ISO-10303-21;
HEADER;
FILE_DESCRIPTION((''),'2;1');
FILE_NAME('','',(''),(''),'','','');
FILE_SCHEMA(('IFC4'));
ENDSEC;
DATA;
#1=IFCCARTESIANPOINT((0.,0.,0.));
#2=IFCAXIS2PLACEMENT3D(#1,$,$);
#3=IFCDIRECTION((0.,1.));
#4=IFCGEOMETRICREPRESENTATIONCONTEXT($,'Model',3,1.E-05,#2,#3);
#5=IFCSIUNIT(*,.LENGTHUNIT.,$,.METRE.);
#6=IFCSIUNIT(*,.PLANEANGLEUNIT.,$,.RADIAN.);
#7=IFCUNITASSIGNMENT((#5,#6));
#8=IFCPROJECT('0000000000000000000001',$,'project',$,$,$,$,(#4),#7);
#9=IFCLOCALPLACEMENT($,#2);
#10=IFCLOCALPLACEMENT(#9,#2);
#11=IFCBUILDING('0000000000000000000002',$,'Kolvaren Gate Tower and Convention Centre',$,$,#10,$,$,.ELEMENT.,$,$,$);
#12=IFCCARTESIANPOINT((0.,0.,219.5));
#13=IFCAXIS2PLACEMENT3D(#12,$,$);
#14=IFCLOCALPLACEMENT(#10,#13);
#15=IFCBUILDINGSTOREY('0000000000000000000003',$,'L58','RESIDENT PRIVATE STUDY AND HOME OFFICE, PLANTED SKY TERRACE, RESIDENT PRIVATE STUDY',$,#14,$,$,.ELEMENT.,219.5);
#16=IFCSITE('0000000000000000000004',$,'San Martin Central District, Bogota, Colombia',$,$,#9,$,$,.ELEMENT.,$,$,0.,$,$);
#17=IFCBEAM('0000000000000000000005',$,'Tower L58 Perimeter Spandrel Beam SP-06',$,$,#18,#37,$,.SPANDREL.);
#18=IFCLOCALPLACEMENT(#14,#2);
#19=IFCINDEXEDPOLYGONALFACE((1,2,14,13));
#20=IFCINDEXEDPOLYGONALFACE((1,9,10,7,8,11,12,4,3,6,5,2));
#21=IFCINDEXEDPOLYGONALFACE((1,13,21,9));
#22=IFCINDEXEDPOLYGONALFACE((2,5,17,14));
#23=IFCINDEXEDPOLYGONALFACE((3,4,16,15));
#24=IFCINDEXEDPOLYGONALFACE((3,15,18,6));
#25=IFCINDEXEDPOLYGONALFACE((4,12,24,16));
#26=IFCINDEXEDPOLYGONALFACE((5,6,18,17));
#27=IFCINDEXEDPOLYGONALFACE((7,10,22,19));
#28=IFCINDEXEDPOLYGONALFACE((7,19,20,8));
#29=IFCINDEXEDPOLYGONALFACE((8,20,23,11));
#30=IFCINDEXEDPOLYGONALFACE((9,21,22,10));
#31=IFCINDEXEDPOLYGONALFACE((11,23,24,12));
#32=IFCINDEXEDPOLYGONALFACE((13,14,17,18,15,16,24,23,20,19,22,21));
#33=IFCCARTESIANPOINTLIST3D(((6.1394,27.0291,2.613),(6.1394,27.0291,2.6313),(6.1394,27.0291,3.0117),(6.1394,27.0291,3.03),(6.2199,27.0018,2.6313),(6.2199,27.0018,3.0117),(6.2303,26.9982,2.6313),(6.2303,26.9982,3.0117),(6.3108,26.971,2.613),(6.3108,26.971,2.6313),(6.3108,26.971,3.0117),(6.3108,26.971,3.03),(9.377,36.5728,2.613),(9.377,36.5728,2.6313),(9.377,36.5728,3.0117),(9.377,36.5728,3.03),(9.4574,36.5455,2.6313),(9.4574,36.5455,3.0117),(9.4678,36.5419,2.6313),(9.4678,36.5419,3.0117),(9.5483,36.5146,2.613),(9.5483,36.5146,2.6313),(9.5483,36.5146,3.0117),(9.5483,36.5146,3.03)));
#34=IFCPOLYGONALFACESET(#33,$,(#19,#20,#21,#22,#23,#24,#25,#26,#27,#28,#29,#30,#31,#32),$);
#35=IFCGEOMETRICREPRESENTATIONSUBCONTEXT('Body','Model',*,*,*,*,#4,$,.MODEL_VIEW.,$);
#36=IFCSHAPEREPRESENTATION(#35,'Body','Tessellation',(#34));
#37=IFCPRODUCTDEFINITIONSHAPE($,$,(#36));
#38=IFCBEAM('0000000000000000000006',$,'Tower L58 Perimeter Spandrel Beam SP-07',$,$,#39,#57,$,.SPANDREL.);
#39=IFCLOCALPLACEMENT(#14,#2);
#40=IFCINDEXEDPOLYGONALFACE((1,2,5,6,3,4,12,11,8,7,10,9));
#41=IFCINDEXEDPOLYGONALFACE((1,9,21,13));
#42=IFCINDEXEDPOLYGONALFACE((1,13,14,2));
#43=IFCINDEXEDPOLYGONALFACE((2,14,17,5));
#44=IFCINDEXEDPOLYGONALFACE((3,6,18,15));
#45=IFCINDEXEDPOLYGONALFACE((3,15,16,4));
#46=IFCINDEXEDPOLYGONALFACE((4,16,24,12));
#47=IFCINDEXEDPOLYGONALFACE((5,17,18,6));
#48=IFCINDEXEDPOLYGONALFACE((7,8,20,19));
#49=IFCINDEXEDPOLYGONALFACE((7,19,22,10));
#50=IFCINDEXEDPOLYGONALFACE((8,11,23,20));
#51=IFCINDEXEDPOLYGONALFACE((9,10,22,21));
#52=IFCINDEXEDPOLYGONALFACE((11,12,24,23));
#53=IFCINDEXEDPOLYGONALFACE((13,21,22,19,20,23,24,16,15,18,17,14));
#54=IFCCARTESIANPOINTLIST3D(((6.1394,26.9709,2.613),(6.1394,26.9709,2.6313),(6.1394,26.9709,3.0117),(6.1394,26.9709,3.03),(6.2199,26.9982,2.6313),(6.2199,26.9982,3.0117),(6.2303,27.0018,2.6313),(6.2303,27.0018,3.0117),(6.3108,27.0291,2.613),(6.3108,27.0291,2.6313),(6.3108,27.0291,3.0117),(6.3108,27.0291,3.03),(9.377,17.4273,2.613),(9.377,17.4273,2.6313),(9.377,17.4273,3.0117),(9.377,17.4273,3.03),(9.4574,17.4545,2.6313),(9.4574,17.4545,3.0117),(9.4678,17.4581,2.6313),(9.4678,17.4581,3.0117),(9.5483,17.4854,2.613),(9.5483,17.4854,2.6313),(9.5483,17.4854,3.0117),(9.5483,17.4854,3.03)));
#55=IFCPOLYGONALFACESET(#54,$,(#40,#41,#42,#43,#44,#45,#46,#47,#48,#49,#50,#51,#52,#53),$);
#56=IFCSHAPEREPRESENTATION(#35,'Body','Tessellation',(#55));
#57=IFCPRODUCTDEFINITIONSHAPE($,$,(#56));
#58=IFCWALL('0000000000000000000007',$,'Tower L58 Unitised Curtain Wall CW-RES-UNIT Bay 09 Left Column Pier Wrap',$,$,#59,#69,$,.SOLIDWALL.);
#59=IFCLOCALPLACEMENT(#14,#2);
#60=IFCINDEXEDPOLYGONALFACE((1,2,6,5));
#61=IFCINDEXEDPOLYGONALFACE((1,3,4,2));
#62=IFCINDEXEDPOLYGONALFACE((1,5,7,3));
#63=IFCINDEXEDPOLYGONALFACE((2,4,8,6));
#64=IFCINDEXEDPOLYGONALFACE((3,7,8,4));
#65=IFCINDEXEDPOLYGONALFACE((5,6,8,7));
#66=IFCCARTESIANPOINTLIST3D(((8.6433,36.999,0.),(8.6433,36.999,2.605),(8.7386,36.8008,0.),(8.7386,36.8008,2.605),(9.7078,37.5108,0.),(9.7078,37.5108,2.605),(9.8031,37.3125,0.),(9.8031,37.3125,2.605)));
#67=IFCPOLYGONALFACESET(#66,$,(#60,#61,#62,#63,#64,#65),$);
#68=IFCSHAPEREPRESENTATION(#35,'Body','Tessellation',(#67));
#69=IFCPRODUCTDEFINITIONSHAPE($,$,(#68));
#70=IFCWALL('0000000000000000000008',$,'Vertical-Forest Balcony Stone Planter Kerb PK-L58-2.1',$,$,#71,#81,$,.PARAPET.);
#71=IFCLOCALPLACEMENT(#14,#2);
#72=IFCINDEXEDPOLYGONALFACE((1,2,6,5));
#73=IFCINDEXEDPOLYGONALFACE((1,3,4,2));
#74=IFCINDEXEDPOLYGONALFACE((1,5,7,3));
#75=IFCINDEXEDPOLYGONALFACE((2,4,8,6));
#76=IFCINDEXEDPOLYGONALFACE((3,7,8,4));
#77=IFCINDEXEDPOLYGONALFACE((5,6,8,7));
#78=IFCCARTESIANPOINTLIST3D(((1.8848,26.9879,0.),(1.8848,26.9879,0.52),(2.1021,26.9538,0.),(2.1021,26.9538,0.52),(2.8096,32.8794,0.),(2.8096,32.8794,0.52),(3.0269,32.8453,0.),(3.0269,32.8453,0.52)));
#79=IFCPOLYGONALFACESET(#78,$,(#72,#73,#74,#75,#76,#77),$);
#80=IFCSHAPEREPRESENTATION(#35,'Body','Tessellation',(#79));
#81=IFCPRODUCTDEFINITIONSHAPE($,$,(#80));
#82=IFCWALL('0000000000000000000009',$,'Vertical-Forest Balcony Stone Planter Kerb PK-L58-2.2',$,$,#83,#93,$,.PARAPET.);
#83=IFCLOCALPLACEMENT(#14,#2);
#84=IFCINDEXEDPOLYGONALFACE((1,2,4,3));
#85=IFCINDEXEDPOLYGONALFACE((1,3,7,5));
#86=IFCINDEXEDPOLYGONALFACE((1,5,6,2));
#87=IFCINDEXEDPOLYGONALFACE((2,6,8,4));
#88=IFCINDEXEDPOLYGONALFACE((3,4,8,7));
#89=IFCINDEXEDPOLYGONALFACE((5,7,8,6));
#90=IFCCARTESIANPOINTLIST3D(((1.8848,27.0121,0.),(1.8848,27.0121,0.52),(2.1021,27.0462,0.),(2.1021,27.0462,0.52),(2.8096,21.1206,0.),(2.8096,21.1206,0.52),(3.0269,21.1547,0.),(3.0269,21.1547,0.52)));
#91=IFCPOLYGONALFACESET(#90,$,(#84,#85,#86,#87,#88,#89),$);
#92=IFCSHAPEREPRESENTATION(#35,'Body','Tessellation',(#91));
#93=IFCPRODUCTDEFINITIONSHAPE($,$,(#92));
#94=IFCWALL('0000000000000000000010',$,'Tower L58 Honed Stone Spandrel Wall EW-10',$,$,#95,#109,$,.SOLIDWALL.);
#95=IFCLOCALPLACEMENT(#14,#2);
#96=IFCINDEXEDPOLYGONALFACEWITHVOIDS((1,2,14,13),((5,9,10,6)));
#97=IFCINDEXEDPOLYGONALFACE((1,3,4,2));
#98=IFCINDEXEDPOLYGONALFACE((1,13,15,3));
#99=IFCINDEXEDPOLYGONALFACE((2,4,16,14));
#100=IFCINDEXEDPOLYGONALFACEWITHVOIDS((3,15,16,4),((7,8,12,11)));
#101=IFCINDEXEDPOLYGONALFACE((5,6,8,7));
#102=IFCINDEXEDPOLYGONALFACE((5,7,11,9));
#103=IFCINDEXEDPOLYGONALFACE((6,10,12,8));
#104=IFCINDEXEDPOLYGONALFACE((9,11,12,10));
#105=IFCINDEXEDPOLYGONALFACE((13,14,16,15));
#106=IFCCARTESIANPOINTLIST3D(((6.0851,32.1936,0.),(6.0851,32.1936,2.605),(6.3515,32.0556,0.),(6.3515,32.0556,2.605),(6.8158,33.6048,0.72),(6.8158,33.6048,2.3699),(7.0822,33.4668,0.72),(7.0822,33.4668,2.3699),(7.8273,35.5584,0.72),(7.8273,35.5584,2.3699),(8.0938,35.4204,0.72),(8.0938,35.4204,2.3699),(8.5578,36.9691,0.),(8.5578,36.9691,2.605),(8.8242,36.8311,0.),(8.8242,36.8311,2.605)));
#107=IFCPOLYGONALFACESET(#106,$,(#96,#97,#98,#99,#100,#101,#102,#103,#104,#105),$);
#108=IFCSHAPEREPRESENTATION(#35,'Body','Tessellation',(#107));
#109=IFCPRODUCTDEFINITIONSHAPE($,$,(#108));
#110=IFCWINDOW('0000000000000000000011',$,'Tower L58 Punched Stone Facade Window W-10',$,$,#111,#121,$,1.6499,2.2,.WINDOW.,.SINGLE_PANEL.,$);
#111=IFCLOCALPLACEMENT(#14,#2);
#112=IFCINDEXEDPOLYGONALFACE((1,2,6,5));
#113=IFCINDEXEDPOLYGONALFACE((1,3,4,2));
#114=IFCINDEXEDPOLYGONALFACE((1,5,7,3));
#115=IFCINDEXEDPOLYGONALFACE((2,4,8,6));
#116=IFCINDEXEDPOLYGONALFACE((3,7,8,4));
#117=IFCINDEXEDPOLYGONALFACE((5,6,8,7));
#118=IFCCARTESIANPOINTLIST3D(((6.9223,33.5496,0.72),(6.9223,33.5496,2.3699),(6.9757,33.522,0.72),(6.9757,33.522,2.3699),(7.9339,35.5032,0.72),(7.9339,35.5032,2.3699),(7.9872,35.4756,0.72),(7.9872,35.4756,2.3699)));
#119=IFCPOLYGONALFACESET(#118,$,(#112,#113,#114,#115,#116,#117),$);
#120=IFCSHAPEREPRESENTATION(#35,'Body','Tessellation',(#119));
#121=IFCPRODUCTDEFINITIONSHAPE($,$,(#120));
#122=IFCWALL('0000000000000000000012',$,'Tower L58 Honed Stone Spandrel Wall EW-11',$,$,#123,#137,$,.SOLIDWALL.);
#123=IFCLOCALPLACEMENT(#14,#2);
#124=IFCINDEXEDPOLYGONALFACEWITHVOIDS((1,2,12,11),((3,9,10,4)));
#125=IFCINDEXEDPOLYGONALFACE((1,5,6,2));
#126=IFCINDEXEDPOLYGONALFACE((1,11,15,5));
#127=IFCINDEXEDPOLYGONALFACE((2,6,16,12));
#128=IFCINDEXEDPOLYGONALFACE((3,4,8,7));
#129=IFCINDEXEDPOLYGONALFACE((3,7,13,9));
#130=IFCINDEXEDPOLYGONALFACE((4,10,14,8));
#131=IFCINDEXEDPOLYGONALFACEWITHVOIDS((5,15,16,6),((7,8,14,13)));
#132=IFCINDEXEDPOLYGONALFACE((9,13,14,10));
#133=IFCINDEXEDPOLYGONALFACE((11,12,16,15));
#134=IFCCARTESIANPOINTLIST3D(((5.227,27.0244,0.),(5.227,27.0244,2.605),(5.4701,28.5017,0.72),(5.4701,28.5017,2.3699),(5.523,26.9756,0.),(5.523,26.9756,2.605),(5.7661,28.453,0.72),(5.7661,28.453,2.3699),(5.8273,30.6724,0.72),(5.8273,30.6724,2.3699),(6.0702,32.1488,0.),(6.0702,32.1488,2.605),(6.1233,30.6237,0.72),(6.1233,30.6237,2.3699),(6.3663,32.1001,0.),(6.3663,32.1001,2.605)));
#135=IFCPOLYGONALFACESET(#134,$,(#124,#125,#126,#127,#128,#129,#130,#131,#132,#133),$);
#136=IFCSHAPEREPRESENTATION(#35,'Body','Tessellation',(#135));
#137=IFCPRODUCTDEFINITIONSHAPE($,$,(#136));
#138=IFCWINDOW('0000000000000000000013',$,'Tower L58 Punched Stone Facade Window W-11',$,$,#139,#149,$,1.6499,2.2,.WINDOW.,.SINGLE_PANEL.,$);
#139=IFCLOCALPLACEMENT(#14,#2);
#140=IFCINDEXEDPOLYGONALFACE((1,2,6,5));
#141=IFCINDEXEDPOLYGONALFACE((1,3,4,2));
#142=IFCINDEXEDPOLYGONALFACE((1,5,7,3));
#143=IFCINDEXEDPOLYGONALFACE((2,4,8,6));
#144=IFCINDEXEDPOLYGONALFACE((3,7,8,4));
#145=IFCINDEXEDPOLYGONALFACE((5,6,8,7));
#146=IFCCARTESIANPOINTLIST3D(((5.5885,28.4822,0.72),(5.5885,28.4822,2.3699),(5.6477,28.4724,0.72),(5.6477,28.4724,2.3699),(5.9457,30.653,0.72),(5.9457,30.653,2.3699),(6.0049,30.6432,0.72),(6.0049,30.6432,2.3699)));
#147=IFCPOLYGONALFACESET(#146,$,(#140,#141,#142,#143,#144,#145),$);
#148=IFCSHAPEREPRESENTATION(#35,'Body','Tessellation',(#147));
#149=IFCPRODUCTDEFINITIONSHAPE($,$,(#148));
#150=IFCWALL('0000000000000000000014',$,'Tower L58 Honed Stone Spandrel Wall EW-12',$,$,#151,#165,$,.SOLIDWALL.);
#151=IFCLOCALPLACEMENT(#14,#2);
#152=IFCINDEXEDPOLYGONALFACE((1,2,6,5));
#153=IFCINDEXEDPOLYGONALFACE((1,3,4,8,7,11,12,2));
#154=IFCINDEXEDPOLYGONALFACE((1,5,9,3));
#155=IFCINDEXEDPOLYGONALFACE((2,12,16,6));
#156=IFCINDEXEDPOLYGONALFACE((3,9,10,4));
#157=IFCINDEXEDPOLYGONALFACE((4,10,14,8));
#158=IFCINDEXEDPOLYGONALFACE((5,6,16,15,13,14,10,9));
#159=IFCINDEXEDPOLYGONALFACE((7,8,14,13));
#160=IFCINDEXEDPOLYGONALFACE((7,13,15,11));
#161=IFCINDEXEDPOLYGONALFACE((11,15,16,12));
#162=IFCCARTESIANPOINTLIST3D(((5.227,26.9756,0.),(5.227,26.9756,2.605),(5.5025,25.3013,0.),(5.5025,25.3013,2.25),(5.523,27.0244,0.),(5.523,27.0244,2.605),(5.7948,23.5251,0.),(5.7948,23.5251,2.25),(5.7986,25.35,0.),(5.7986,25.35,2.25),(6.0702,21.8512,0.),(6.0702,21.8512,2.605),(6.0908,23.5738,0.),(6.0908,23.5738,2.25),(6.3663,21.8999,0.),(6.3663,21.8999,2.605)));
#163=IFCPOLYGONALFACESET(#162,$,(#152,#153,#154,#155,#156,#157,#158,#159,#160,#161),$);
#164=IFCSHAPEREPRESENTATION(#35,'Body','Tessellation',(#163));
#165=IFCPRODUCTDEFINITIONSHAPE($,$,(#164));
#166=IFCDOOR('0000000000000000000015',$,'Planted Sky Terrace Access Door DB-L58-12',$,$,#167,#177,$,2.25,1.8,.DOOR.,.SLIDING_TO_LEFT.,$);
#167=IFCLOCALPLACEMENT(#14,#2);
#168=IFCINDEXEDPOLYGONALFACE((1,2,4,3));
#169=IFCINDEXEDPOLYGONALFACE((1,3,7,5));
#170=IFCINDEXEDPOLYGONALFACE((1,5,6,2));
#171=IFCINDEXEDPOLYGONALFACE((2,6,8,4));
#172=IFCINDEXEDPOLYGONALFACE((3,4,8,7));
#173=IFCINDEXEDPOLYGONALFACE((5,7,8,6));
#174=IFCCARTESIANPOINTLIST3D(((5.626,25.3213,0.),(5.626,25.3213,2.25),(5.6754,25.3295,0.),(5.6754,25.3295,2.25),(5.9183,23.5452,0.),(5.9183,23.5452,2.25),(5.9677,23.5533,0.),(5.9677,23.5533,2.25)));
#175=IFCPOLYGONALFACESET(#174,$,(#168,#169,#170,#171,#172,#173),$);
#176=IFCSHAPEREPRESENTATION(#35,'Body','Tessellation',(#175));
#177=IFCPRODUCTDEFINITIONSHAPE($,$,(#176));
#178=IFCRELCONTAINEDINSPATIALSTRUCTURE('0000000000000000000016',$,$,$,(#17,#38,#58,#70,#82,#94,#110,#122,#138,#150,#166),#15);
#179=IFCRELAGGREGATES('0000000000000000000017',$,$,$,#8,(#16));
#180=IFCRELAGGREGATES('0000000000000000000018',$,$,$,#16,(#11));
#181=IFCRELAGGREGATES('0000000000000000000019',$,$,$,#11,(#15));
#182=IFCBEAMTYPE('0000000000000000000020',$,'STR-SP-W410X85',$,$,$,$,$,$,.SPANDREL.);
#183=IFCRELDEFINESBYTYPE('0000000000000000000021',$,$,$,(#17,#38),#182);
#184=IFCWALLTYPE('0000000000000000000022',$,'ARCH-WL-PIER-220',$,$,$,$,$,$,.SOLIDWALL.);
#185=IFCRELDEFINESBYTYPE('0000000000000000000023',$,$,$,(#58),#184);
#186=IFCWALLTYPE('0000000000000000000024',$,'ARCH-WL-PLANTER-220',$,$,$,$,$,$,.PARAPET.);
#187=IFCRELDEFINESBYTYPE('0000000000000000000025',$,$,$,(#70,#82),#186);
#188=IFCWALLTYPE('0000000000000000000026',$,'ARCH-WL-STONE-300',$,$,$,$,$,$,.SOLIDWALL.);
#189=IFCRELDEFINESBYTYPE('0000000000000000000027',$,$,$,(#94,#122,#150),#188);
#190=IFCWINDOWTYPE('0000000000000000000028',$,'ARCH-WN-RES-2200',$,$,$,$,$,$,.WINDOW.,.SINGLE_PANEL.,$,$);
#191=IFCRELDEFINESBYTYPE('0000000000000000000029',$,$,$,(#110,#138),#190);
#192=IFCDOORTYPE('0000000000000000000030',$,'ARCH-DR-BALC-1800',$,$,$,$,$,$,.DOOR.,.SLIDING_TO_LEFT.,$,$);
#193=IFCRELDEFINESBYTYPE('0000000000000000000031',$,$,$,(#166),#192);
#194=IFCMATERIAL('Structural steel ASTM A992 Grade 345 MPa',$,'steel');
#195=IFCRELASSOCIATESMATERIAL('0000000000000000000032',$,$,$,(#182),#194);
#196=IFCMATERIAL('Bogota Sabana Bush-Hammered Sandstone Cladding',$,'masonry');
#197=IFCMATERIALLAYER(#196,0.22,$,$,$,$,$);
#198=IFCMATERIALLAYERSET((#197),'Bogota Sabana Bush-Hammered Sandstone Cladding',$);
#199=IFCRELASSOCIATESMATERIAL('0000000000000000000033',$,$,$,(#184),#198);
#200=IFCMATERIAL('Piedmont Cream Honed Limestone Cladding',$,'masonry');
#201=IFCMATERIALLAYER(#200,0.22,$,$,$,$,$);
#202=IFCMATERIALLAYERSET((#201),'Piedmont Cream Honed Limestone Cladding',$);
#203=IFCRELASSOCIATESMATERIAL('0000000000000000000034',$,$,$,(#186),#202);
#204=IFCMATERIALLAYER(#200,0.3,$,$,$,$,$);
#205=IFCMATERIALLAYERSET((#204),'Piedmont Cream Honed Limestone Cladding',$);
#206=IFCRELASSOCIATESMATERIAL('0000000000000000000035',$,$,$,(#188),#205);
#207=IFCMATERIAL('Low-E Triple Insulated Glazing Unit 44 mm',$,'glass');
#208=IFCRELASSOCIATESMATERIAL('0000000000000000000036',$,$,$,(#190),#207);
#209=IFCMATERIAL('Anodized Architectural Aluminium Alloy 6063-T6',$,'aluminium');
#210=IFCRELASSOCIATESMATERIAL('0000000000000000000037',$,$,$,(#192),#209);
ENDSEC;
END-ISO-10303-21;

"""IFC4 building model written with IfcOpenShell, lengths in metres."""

from ifc_helpers import new_model, si_unit, direction, frame, frame_2d, origin, origin_2d, place, context, subcontext, project, spatial, rectangle, i_section, extrude, material, layer, layer_set, material_profile, profile_set, type_object, element, fill, save


model = new_model("IFC4")

# Units and contexts
model_context = context("Model", 3, precision=1e-05, world=origin(), true_north=direction((0.0, 1.0)))
body_context = subcontext(model_context, "Body", "Model", "MODEL_VIEW")
ifc_project = project(units=[si_unit("LENGTHUNIT", "METRE"), si_unit("PLANEANGLEUNIT", "RADIAN")], contexts=[model_context])

# Site, building, storey
site_placement = place(None, origin())
site = spatial("IfcSite", under=ifc_project, at=site_placement, Name="San Martin Central District, Bogota, Colombia", CompositionType="ELEMENT", RefElevation=0.0)
building_placement = place(site_placement, origin())
building = spatial("IfcBuilding", under=site, at=building_placement, Name="Kolvaren Gate Tower and Convention Centre", CompositionType="ELEMENT")
storey_placement = place(building_placement, frame((0.0, 0.0, 219.5)))
storey = spatial("IfcBuildingStorey", under=building, at=storey_placement, Name="L58", Description="RESIDENT PRIVATE STUDY AND HOME OFFICE, PLANTED SKY TERRACE, RESIDENT PRIVATE STUDY", CompositionType="ELEMENT", Elevation=219.5)

# Shared definitions
ifc_material_1 = material(Name="Anodized Architectural Aluminium Alloy 6063-T6", Category="aluminium")

# Beams
ifc_material_2 = material(Name="Structural steel ASTM A992 Grade 345 MPa", Category="steel")
ifc_material_profile_1 = material_profile(ifc_material_2, i_section(OverallWidth=0.1809, OverallDepth=0.417, WebThickness=0.011, FlangeThickness=0.0183, at=origin_2d()), Name="W410X85")
ifc_profile_set_1 = profile_set([ifc_material_profile_1], Name="Structural steel ASTM A992 Grade 345 MPa")
beam_type_1 = type_object("IfcBeamType", Name="STR-SP-W410X85", PredefinedType="SPANDREL", material=ifc_profile_set_1)
for number, where, z_axis, x_axis, name in (
    (1, (9.4626, 36.5437, 2.8215), (-0.321253, -0.946994, 0.0), (0.946994, -0.321253, 0.0), "Tower L58 Perimeter Spandrel Beam SP-06"),
    (2, (6.2251, 27.0, 2.8215), (0.321253, -0.946994, 0.0), (0.946994, 0.321253, 0.0), "Tower L58 Perimeter Spandrel Beam SP-07"),
):
    element("IfcBeam", number, at=place(storey_placement, frame(where, z_axis=z_axis, x_axis=x_axis)), inside=storey, type_object=beam_type_1, Name=name, PredefinedType="SPANDREL", context=body_context, shape_type="SweptSolid", body=[
        extrude(i_section(OverallWidth=0.1809, OverallDepth=0.417, WebThickness=0.011, FlangeThickness=0.0183, at=origin_2d()), origin(), (0.0, 0.0, 1.0), 10.0779),
    ])

# Walls
ifc_material_3 = material(Name="Bogota Sabana Bush-Hammered Sandstone Cladding", Category="masonry")
ifc_layer_1 = layer(ifc_material_3, 0.22)
ifc_layer_set_1 = layer_set([ifc_layer_1], Name="Bogota Sabana Bush-Hammered Sandstone Cladding")
wall_type_1 = type_object("IfcWallType", Name="ARCH-WL-PIER-220", PredefinedType="SOLIDWALL", material=ifc_layer_set_1)
wall_1_placement = place(storey_placement, frame((8.6909, 36.8999, 0.0), z_axis=(0.0, 0.0, 1.0), x_axis=(0.901265, 0.433269, 0.0)))
element("IfcWall", 3, at=wall_1_placement, inside=storey, type_object=wall_type_1, Name="Tower L58 Unitised Curtain Wall CW-RES-UNIT Bay 09 Left Column Pier Wrap", PredefinedType="SOLIDWALL", context=body_context, shape_type="SweptSolid", body=[
    extrude(rectangle(XDim=1.1812, YDim=0.22, at=frame_2d((0.5906, 0.0))), origin(), (0.0, 0.0, 1.0), 2.605),
])
ifc_material_4 = material(Name="Piedmont Cream Honed Limestone Cladding", Category="masonry")
ifc_layer_2 = layer(ifc_material_4, 0.22)
ifc_layer_set_2 = layer_set([ifc_layer_2], Name="Piedmont Cream Honed Limestone Cladding")
wall_type_2 = type_object("IfcWallType", Name="ARCH-WL-PLANTER-220", PredefinedType="PARAPET", material=ifc_layer_set_2)
for number, where, z_axis, x_axis, name in (
    (4, (1.9934, 26.9707, 0.0), (0.0, 0.0, 1.0), (0.155071, 0.987903, 0.0), "Vertical-Forest Balcony Stone Planter Kerb PK-L58-2.1"),
    (5, (1.9934, 27.0293, 0.0), (0.0, 0.0, 1.0), (0.155071, -0.987903, 0.0), "Vertical-Forest Balcony Stone Planter Kerb PK-L58-2.2"),
):
    element("IfcWall", number, at=place(storey_placement, frame(where, z_axis=z_axis, x_axis=x_axis)), inside=storey, type_object=wall_type_2, Name=name, PredefinedType="PARAPET", context=body_context, shape_type="SweptSolid", body=[
        extrude(rectangle(XDim=5.9636, YDim=0.22, at=frame_2d((2.9819, 0.0))), origin(), (0.0, 0.0, 1.0), 0.52),
    ])

# Walls, openings, windows
ifc_layer_3 = layer(ifc_material_4, 0.3)
ifc_layer_set_3 = layer_set([ifc_layer_3], Name="Piedmont Cream Honed Limestone Cladding")
wall_type_3 = type_object("IfcWallType", Name="ARCH-WL-STONE-300", PredefinedType="SOLIDWALL", material=ifc_layer_set_3)
wall_2_placement = place(storey_placement, frame((6.2183, 32.1245, 0.0), z_axis=(0.0, 0.0, 1.0), x_axis=(0.459808, 0.888018, 0.0)))
wall_2 = element("IfcWall", 6, at=wall_2_placement, inside=storey, type_object=wall_type_3, Name="Tower L58 Honed Stone Spandrel Wall EW-10", PredefinedType="SOLIDWALL", context=body_context, shape_type="SweptSolid", body=[
    extrude(rectangle(XDim=5.3777, YDim=0.3, at=frame_2d((2.689, 0.0))), origin(), (0.0, 0.0, 1.0), 2.605),
])
opening_1_placement = place(wall_2_placement, frame((1.5891, 0.0, 0.72)))
opening_1 = element("IfcOpeningElement", 7, at=opening_1_placement, cuts=wall_2, PredefinedType="OPENING", context=body_context, shape_type="SweptSolid", body=[
    extrude(rectangle(XDim=2.2, YDim=1.6499, at=frame_2d((1.1001, 0.825))), frame((0.0, 0.1599, 0.0), z_axis=(0.0, -1.0, 0.0), x_axis=(1.0, 0.0, 0.0)), (0.0, 0.0, 1.0), 0.3201),
])
ifc_material_5 = material(Name="Low-E Triple Insulated Glazing Unit 44 mm", Category="glass")
window_type = type_object("IfcWindowType", Name="ARCH-WN-RES-2200", PartitioningType="SINGLE_PANEL", PredefinedType="WINDOW", material=ifc_material_5)
window_1_placement = place(opening_1_placement, origin())
window_1 = element("IfcWindow", 8, at=window_1_placement, inside=storey, type_object=window_type, Name="Tower L58 Punched Stone Facade Window W-10", OverallHeight=1.6499, OverallWidth=2.2, PartitioningType="SINGLE_PANEL", PredefinedType="WINDOW", context=body_context, shape_type="SweptSolid", body=[
    extrude(rectangle(XDim=2.2, YDim=1.6499, at=frame_2d((1.1001, 0.825))), frame((0.0, 0.03, 0.0), z_axis=(0.0, -1.0, 0.0), x_axis=(1.0, 0.0, 0.0)), (0.0, 0.0, 1.0), 0.0601),
])
fill(opening_1, window_1)
wall_3_placement = place(storey_placement, frame((5.375, 27.0, 0.0), z_axis=(0.0, 0.0, 1.0), x_axis=(0.162371, 0.98673, 0.0)))
wall_3 = element("IfcWall", 9, at=wall_3_placement, inside=storey, type_object=wall_type_3, Name="Tower L58 Honed Stone Spandrel Wall EW-11", PredefinedType="SOLIDWALL", context=body_context, shape_type="SweptSolid", body=[
    extrude(rectangle(XDim=5.1934, YDim=0.3, at=frame_2d((2.5967, 0.0))), origin(), (0.0, 0.0, 1.0), 2.605),
])
opening_2_placement = place(wall_3_placement, frame((1.4971, 0.0, 0.72)))
opening_2 = element("IfcOpeningElement", 10, at=opening_2_placement, cuts=wall_3, PredefinedType="OPENING", context=body_context, shape_type="SweptSolid", body=[
    extrude(rectangle(XDim=2.2, YDim=1.6499, at=frame_2d((1.1001, 0.825))), frame((0.0, 0.1599, 0.0), z_axis=(0.0, -1.0, 0.0), x_axis=(1.0, 0.0, 0.0)), (0.0, 0.0, 1.0), 0.3201),
])
window_2_placement = place(opening_2_placement, origin())
window_2 = element("IfcWindow", 11, at=window_2_placement, inside=storey, type_object=window_type, Name="Tower L58 Punched Stone Facade Window W-11", OverallHeight=1.6499, OverallWidth=2.2, PartitioningType="SINGLE_PANEL", PredefinedType="WINDOW", context=body_context, shape_type="SweptSolid", body=[
    extrude(rectangle(XDim=2.2, YDim=1.6499, at=frame_2d((1.1001, 0.825))), frame((0.0, 0.03, 0.0), z_axis=(0.0, -1.0, 0.0), x_axis=(1.0, 0.0, 0.0)), (0.0, 0.0, 1.0), 0.0601),
])
fill(opening_2, window_2)

# Wall, opening, door
wall_4_placement = place(storey_placement, frame((5.375, 27.0, 0.0), z_axis=(0.0, 0.0, 1.0), x_axis=(0.162371, -0.98673, 0.0)))
wall_4 = element("IfcWall", 12, at=wall_4_placement, inside=storey, type_object=wall_type_3, Name="Tower L58 Honed Stone Spandrel Wall EW-12", PredefinedType="SOLIDWALL", context=body_context, shape_type="SweptSolid", body=[
    extrude(rectangle(XDim=5.1934, YDim=0.3, at=frame_2d((2.5967, 0.0))), origin(), (0.0, 0.0, 1.0), 2.605),
])
opening_3_placement = place(wall_4_placement, frame((1.697, 0.0, 0.0)))
opening_3 = element("IfcOpeningElement", 13, at=opening_3_placement, cuts=wall_4, PredefinedType="OPENING", context=body_context, shape_type="SweptSolid", body=[
    extrude(rectangle(XDim=1.8, YDim=2.25, at=frame_2d((0.8999, 1.125))), frame((0.0, 0.1599, 0.0), z_axis=(0.0, -1.0, 0.0), x_axis=(1.0, 0.0, 0.0)), (0.0, 0.0, 1.0), 0.3201),
])
door_type = type_object("IfcDoorType", Name="ARCH-DR-BALC-1800", OperationType="SLIDING_TO_LEFT", PredefinedType="DOOR", material=ifc_material_1)
door_placement = place(opening_3_placement, frame((1.8, 0.0, 0.0), z_axis=(0.0, 0.0, 1.0), x_axis=(-1.0, 0.0, 0.0)))
door = element("IfcDoor", 14, at=door_placement, inside=storey, type_object=door_type, Name="Planted Sky Terrace Access Door DB-L58-12", OperationType="SLIDING_TO_LEFT", OverallHeight=2.25, OverallWidth=1.8, PredefinedType="DOOR", context=body_context, shape_type="SweptSolid", body=[
    extrude(rectangle(XDim=1.8, YDim=2.25, at=frame_2d((0.8999, 1.125))), frame((0.0, 0.0249, 0.0), z_axis=(0.0, -1.0, 0.0), x_axis=(1.0, 0.0, 0.0)), (0.0, 0.0, 1.0), 0.05),
])
fill(opening_3, door)

save(model, "model.ifc")
